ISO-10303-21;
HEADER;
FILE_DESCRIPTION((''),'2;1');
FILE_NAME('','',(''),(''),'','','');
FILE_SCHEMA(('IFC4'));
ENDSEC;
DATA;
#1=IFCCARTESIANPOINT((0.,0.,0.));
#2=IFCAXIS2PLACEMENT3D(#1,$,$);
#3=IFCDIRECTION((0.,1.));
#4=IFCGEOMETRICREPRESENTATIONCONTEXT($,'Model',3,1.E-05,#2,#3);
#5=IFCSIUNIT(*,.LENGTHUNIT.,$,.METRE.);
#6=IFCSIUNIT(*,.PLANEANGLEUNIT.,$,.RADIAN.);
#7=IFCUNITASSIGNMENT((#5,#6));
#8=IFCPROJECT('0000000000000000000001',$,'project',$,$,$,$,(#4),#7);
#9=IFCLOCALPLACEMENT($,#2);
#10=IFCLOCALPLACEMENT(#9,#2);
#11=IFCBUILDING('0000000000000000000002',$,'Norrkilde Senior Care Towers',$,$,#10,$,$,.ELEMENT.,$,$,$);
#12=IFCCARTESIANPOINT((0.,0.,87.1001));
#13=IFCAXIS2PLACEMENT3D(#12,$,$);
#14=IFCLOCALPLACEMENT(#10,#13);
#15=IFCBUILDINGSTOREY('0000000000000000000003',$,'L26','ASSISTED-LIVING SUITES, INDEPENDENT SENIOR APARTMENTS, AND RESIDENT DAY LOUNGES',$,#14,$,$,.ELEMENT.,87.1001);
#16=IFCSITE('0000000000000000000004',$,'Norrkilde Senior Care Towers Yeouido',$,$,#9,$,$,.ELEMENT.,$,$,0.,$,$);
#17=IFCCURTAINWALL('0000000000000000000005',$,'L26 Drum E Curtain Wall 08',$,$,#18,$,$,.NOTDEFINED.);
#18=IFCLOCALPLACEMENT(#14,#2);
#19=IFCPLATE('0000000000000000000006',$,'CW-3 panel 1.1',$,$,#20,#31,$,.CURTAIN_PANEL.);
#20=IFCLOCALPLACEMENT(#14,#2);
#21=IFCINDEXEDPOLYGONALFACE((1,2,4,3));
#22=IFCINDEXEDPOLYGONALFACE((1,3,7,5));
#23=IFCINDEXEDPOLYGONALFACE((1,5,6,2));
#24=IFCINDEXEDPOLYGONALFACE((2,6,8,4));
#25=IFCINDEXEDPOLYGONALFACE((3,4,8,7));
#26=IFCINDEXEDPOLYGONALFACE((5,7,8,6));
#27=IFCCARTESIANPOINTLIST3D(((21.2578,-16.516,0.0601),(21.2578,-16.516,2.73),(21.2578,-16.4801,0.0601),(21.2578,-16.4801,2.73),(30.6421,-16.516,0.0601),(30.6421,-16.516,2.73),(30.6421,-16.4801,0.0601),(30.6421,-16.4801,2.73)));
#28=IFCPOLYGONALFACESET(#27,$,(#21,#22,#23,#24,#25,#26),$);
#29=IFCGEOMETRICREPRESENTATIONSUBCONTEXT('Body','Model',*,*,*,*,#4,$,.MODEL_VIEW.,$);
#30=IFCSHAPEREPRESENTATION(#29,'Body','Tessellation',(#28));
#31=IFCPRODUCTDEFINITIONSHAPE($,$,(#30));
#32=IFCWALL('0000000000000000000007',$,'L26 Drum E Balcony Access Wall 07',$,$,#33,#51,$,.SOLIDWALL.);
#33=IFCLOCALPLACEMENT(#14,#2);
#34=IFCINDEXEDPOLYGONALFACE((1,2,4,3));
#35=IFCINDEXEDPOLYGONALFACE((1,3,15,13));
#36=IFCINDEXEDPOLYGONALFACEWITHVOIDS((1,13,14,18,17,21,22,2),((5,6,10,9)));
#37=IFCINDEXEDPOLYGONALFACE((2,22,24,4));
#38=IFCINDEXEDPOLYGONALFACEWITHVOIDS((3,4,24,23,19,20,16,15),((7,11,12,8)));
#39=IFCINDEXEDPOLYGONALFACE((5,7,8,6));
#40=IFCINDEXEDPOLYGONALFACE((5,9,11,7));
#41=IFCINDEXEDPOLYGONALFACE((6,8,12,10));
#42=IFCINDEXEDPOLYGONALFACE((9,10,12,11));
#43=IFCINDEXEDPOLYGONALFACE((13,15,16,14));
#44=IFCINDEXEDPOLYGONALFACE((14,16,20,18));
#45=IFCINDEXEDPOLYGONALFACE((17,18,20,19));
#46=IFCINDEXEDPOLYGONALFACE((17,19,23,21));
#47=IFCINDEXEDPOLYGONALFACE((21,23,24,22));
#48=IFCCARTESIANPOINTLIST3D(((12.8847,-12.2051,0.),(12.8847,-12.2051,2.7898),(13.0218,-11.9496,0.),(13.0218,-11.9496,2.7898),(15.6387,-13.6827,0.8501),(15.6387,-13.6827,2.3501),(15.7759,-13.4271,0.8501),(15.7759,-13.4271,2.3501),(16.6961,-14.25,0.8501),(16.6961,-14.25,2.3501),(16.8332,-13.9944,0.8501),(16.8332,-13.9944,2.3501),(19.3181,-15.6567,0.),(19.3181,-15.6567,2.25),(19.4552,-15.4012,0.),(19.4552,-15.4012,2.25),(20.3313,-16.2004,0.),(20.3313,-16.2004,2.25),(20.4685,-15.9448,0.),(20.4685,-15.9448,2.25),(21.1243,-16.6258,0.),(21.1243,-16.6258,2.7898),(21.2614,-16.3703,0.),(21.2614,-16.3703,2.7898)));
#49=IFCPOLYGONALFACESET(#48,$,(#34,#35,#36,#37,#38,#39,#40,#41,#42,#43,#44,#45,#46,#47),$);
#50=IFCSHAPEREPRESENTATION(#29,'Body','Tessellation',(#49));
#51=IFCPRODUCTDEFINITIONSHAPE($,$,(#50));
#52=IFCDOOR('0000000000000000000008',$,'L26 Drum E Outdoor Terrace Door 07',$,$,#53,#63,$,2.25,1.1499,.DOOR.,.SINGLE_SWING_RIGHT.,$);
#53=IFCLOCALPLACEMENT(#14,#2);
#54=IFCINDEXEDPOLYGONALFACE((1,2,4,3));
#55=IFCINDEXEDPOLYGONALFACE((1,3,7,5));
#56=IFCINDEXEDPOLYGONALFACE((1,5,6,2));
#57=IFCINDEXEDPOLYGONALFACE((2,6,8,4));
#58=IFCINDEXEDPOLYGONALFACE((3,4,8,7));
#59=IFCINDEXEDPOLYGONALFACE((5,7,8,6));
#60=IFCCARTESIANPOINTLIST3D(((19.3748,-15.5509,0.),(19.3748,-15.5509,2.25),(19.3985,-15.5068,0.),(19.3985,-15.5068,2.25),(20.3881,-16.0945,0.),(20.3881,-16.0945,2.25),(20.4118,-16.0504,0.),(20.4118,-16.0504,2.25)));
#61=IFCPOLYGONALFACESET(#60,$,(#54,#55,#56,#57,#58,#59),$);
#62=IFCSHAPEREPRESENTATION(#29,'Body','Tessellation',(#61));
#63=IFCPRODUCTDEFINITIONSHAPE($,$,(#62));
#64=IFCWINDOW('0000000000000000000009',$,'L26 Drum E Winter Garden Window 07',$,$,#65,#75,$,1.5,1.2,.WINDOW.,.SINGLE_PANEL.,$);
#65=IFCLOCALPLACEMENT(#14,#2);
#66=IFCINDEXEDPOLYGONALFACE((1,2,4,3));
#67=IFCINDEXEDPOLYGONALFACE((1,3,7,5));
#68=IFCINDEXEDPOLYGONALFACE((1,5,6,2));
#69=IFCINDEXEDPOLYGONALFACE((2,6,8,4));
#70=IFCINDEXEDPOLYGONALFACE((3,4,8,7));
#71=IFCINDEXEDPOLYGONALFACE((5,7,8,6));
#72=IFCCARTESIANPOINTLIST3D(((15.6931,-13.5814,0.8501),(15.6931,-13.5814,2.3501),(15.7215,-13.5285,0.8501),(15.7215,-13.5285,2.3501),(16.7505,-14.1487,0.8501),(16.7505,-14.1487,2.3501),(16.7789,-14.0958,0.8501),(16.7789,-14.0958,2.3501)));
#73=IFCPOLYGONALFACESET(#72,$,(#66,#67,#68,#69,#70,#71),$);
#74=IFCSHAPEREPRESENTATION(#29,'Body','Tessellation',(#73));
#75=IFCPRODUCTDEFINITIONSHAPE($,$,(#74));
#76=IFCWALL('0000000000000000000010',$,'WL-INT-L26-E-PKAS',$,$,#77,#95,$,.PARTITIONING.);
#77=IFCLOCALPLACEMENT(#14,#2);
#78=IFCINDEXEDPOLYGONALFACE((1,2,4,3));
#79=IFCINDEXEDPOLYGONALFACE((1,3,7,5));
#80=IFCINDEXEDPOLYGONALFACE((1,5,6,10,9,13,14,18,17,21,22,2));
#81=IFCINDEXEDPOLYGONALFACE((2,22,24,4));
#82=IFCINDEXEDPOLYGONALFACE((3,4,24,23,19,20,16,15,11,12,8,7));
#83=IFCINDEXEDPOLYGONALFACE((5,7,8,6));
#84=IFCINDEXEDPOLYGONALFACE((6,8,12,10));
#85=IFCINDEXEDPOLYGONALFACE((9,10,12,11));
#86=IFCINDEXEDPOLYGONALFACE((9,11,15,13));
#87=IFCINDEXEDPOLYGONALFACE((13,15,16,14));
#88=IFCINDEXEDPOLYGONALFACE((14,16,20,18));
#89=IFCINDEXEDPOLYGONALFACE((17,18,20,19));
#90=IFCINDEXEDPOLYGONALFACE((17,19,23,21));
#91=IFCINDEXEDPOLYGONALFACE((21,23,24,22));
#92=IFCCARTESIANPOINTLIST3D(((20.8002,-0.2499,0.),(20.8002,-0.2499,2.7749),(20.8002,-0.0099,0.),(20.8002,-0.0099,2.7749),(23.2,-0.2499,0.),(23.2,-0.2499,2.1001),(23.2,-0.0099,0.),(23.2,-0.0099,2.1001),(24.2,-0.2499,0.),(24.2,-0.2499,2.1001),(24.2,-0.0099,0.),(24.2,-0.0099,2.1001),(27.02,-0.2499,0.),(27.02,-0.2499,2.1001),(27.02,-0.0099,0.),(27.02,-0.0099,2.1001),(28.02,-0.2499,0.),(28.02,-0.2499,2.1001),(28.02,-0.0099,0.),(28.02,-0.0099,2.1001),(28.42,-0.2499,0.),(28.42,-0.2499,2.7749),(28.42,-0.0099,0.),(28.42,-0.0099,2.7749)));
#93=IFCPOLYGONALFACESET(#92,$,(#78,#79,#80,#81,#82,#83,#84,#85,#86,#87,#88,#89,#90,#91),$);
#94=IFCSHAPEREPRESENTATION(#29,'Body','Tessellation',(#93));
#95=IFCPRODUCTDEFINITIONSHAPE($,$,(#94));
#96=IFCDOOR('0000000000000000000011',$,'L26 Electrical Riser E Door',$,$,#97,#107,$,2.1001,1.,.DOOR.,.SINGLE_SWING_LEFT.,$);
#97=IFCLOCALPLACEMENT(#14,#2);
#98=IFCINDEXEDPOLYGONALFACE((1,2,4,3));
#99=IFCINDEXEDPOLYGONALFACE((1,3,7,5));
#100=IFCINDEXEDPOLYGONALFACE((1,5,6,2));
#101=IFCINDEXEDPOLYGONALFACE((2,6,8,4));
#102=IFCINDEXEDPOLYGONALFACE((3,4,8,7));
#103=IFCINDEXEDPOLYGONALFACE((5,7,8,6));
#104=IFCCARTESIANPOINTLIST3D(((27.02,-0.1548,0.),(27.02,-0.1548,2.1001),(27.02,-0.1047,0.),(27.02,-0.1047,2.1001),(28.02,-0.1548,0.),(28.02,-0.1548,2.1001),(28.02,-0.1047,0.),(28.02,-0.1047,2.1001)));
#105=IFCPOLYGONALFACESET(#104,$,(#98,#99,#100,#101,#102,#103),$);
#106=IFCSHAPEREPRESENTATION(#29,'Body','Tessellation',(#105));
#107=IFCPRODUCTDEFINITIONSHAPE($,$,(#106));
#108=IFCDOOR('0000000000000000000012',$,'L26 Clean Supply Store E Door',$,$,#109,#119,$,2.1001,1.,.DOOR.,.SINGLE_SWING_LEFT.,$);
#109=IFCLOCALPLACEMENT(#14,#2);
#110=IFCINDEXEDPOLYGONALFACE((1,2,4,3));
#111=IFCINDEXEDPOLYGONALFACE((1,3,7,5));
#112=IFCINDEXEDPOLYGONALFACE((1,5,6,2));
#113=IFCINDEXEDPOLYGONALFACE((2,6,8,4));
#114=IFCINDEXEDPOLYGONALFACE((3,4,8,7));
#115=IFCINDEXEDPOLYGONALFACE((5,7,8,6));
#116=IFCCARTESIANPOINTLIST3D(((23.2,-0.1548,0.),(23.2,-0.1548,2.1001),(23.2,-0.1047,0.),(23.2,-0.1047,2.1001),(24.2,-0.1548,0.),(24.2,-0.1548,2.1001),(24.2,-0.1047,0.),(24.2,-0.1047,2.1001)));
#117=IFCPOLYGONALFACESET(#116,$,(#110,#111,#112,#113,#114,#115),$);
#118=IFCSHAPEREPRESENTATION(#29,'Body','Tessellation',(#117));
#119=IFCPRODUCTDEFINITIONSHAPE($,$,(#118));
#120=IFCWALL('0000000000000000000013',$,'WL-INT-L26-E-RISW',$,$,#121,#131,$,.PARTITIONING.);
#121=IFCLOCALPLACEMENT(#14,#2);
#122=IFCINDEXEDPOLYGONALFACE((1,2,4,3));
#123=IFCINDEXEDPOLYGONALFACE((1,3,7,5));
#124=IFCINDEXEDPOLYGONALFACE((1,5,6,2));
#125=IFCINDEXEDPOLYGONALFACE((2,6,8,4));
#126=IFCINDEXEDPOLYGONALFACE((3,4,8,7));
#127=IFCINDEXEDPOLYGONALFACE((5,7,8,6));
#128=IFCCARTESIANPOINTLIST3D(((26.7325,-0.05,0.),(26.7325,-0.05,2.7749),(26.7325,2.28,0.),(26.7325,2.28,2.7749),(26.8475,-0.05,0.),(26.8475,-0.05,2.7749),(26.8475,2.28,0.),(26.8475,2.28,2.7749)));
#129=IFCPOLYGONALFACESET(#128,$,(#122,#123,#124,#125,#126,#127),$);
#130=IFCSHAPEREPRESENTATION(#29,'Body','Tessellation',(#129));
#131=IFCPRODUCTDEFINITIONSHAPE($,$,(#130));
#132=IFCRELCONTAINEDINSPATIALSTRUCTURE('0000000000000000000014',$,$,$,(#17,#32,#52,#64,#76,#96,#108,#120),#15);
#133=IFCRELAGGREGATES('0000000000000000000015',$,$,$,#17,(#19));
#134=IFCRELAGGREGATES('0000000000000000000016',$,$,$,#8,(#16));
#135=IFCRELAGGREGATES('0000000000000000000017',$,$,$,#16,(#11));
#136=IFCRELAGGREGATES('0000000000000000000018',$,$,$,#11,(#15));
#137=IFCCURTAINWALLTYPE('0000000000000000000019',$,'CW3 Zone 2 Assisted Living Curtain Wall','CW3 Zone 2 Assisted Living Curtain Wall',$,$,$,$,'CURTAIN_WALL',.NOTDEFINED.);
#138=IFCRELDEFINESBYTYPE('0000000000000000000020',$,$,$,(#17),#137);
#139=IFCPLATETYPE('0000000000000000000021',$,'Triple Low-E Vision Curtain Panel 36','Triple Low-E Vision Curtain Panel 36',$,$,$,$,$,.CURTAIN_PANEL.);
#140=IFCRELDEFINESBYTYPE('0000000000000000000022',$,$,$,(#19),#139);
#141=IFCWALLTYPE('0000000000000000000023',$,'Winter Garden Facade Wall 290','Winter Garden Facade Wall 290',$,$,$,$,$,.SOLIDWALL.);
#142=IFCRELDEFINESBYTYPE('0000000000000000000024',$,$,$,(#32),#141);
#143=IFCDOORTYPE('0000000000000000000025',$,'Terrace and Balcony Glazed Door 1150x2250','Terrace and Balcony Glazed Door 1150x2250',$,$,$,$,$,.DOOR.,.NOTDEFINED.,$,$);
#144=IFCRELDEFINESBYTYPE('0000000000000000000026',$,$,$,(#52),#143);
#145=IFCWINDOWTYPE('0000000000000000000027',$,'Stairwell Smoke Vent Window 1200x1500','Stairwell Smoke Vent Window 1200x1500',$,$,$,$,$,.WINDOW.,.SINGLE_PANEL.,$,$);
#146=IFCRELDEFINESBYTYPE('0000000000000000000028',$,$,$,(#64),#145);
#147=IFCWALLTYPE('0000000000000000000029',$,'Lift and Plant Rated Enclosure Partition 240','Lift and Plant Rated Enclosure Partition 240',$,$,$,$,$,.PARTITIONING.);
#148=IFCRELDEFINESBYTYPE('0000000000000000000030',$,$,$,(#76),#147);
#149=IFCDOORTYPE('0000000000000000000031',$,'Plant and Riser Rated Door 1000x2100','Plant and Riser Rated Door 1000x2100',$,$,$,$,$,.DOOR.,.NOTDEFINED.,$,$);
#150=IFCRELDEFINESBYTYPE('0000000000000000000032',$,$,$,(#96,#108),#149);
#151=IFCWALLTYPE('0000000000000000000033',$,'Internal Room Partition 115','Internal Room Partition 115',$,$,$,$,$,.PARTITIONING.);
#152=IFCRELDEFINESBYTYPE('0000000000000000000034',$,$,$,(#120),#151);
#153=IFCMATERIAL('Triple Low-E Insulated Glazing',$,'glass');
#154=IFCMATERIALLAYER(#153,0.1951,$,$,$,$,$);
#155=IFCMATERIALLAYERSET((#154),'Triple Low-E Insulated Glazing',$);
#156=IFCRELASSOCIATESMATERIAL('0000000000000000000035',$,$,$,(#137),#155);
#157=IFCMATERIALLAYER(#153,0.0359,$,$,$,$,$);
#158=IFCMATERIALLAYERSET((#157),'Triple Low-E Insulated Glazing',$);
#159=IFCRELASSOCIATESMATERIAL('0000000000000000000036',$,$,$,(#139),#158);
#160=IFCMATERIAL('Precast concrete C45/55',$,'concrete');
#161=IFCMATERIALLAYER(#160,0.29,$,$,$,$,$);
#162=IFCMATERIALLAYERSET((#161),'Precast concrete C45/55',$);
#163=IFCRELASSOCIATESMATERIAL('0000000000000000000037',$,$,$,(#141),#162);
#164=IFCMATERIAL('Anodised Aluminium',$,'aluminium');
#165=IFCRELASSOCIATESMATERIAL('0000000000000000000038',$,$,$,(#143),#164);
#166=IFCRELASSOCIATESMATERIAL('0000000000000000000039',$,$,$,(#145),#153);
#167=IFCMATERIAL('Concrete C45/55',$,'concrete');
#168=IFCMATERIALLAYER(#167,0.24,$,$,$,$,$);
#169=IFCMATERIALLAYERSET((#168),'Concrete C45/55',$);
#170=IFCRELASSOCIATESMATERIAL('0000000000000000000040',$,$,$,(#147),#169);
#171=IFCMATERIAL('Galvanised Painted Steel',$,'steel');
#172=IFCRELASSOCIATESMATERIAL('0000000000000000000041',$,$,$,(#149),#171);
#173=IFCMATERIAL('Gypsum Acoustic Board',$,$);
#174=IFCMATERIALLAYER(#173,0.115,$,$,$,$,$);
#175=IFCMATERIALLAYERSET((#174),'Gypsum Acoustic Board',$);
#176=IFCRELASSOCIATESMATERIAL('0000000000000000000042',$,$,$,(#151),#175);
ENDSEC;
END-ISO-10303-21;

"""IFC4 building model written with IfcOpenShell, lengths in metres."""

from ifc_helpers import new_model, si_unit, direction, frame, frame_2d, origin, origin_2d, place, context, subcontext, project, spatial, rectangle, extrude, source, transform, mapped, material, layer, layer_set, type_object, type_shapes, element, fill, aggregate, save


model = new_model("IFC4")

# Units and contexts
model_context = context("Model", 3, precision=1e-05, world=origin(), true_north=direction((0.0, 1.0)))
body_context = subcontext(model_context, "Body", "Model", "MODEL_VIEW")
ifc_project = project(units=[si_unit("LENGTHUNIT", "METRE"), si_unit("PLANEANGLEUNIT", "RADIAN")], contexts=[model_context])

# Site, building, storey
site_placement = place(None, origin())
site = spatial("IfcSite", under=ifc_project, at=site_placement, Name="Norrkilde Senior Care Towers Yeouido", CompositionType="ELEMENT", RefElevation=0.0)
building_placement = place(site_placement, origin())
building = spatial("IfcBuilding", under=site, at=building_placement, Name="Norrkilde Senior Care Towers", CompositionType="ELEMENT")
storey_placement = place(building_placement, frame((0.0, 0.0, 87.1001)))
storey = spatial("IfcBuildingStorey", under=building, at=storey_placement, Name="L26", Description="ASSISTED-LIVING SUITES, INDEPENDENT SENIOR APARTMENTS, AND RESIDENT DAY LOUNGES", CompositionType="ELEMENT", Elevation=87.1001)

# Curtain wall, plate
ifc_material_1 = material(Name="Triple Low-E Insulated Glazing", Category="glass")
ifc_layer_1 = layer(ifc_material_1, 0.1951)
ifc_layer_set_1 = layer_set([ifc_layer_1], Name="Triple Low-E Insulated Glazing")
curtain_wall_type = type_object("IfcCurtainWallType", Name="CW3 Zone 2 Assisted Living Curtain Wall", Description="CW3 Zone 2 Assisted Living Curtain Wall", ElementType="CURTAIN_WALL", PredefinedType="NOTDEFINED", material=ifc_layer_set_1)
curtain_wall_placement = place(storey_placement, origin())
curtain_wall = element("IfcCurtainWall", 1, at=curtain_wall_placement, inside=storey, type_object=curtain_wall_type, Name="L26 Drum E Curtain Wall 08", PredefinedType="NOTDEFINED")
ifc_material_2 = material(Name="Anodised Aluminium", Category="aluminium")
ifc_layer_2 = layer(ifc_material_1, 0.0359)
ifc_layer_set_2 = layer_set([ifc_layer_2], Name="Triple Low-E Insulated Glazing")
plate_type = type_object("IfcPlateType", Name="Triple Low-E Vision Curtain Panel 36", Description="Triple Low-E Vision Curtain Panel 36", PredefinedType="CURTAIN_PANEL", material=ifc_layer_set_2)
shared_shape_1 = source(origin(), body_context, "Body", "SweptSolid", [
    extrude(rectangle(XDim=9.3843, YDim=0.0359, at=origin_2d()), origin(), (0.0, 0.0, 1.0), 2.6699),
])
type_shapes(plate_type, [shared_shape_1])
plate_placement = place(storey_placement, frame((25.95, -16.498, 0.0601), z_axis=(0.0, 0.0, 1.0), x_axis=(-1.0, 0.0, 0.0)))
plate = element("IfcPlate", 2, at=plate_placement, type_object=plate_type, Name="CW-3 panel 1.1", PredefinedType="CURTAIN_PANEL", context=body_context, shape_type="MappedRepresentation", body=[
    mapped(shared_shape_1, transform((0.0, 0.0, 0.0), x_axis=(1.0, 0.0, 0.0), y_axis=(0.0, 1.0, 0.0), z_axis=(0.0, 0.0, 1.0), scale=1.0)),
])
aggregate(curtain_wall, [plate])

# Wall, openings, door, window
ifc_material_3 = material(Name="Precast concrete C45/55", Category="concrete")
ifc_layer_3 = layer(ifc_material_3, 0.29)
ifc_layer_set_3 = layer_set([ifc_layer_3], Name="Precast concrete C45/55")
wall_type_1 = type_object("IfcWallType", Name="Winter Garden Facade Wall 290", Description="Winter Garden Facade Wall 290", PredefinedType="SOLIDWALL", material=ifc_layer_set_3)
shared_shape_2 = source(origin(), body_context, "Body", "SweptSolid", [
    extrude(rectangle(XDim=9.3506, YDim=0.29, at=frame_2d((4.6753, 0.0))), origin(), (0.0, 0.0, 1.0), 2.7898),
])
type_shapes(wall_type_1, [shared_shape_2])
wall_1_placement = place(storey_placement, frame((21.1929, -16.498, 0.0), z_axis=(0.0, 0.0, 1.0), x_axis=(-0.881184, 0.472773, 0.0)))
wall_1 = element("IfcWall", 3, at=wall_1_placement, inside=storey, type_object=wall_type_1, Name="L26 Drum E Balcony Access Wall 07", PredefinedType="SOLIDWALL", context=body_context, shape_type="MappedRepresentation", body=[
    mapped(shared_shape_2, transform((0.0, 0.0, 0.0), x_axis=(1.0, 0.0, 0.0), y_axis=(0.0, 1.0, 0.0), z_axis=(0.0, 0.0, 1.0), scale=1.0)),
])
opening_1_placement = place(wall_1_placement, frame((0.8999, 0.0, 0.0)))
opening_1 = element("IfcOpeningElement", 4, at=opening_1_placement, cuts=wall_1, PredefinedType="OPENING", context=body_context, shape_type="SweptSolid", body=[
    extrude(rectangle(XDim=1.1499, YDim=2.25, at=frame_2d((0.575, 1.125))), frame((0.0, 0.155, 0.0), z_axis=(0.0, -1.0, 0.0), x_axis=(1.0, 0.0, 0.0)), (0.0, 0.0, 1.0), 0.3101),
])
opening_2_placement = place(wall_1_placement, frame((5.0251, 0.0, 0.8501)))
opening_2 = element("IfcOpeningElement", 5, at=opening_2_placement, cuts=wall_1, PredefinedType="OPENING", context=body_context, shape_type="SweptSolid", body=[
    extrude(rectangle(XDim=1.2, YDim=1.5, at=frame_2d((0.6001, 0.75))), frame((0.0, 0.155, 0.0), z_axis=(0.0, -1.0, 0.0), x_axis=(1.0, 0.0, 0.0)), (0.0, 0.0, 1.0), 0.3101),
])
door_type_1 = type_object("IfcDoorType", Name="Terrace and Balcony Glazed Door 1150x2250", Description="Terrace and Balcony Glazed Door 1150x2250", OperationType="NOTDEFINED", PredefinedType="DOOR", material=ifc_material_2)
shared_shape_3 = source(origin(), body_context, "Body", "SweptSolid", [
    extrude(rectangle(XDim=1.1499, YDim=2.25, at=frame_2d((0.575, 1.125))), frame((0.0, 0.0249, 0.0), z_axis=(0.0, -1.0, 0.0), x_axis=(1.0, 0.0, 0.0)), (0.0, 0.0, 1.0), 0.05),
])
type_shapes(door_type_1, [shared_shape_3])
door_1_placement = place(opening_1_placement, origin())
door_1 = element("IfcDoor", 6, at=door_1_placement, inside=storey, type_object=door_type_1, Name="L26 Drum E Outdoor Terrace Door 07", OperationType="SINGLE_SWING_RIGHT", OverallHeight=2.25, OverallWidth=1.1499, PredefinedType="DOOR", context=body_context, shape_type="MappedRepresentation", body=[
    mapped(shared_shape_3, transform((0.0, 0.0, 0.0), x_axis=(1.0, 0.0, 0.0), y_axis=(0.0, 1.0, 0.0), z_axis=(0.0, 0.0, 1.0), scale=1.0)),
])
fill(opening_1, door_1)
window_type = type_object("IfcWindowType", Name="Stairwell Smoke Vent Window 1200x1500", Description="Stairwell Smoke Vent Window 1200x1500", PartitioningType="SINGLE_PANEL", PredefinedType="WINDOW", material=ifc_material_1)
shared_shape_4 = source(origin(), body_context, "Body", "SweptSolid", [
    extrude(rectangle(XDim=1.2, YDim=1.5, at=frame_2d((0.6001, 0.75))), frame((0.0, 0.03, 0.0), z_axis=(0.0, -1.0, 0.0), x_axis=(1.0, 0.0, 0.0)), (0.0, 0.0, 1.0), 0.0601),
])
type_shapes(window_type, [shared_shape_4])
window_placement = place(opening_2_placement, origin())
window = element("IfcWindow", 7, at=window_placement, inside=storey, type_object=window_type, Name="L26 Drum E Winter Garden Window 07", OverallHeight=1.5, OverallWidth=1.2, PartitioningType="SINGLE_PANEL", PredefinedType="WINDOW", context=body_context, shape_type="MappedRepresentation", body=[
    mapped(shared_shape_4, transform((0.0, 0.0, 0.0), x_axis=(1.0, 0.0, 0.0), y_axis=(0.0, 1.0, 0.0), z_axis=(0.0, 0.0, 1.0), scale=1.0)),
])
fill(opening_2, window)

# Wall, openings, doors
ifc_material_4 = material(Name="Concrete C45/55", Category="concrete")
ifc_layer_4 = layer(ifc_material_4, 0.24)
ifc_layer_set_4 = layer_set([ifc_layer_4], Name="Concrete C45/55")
wall_type_2 = type_object("IfcWallType", Name="Lift and Plant Rated Enclosure Partition 240", Description="Lift and Plant Rated Enclosure Partition 240", PredefinedType="PARTITIONING", material=ifc_layer_set_4)
shared_shape_5 = source(origin(), body_context, "Body", "SweptSolid", [
    extrude(rectangle(XDim=7.6199, YDim=0.24, at=frame_2d((3.8101, 0.0))), origin(), (0.0, 0.0, 1.0), 2.7749),
])
type_shapes(wall_type_2, [shared_shape_5])
wall_2_placement = place(storey_placement, frame((20.8, -0.1299, 0.0), z_axis=(0.0, 0.0, 1.0), x_axis=(1.0, 0.0, 0.0)))
wall_2 = element("IfcWall", 8, at=wall_2_placement, inside=storey, type_object=wall_type_2, Name="WL-INT-L26-E-PKAS", PredefinedType="PARTITIONING", context=body_context, shape_type="MappedRepresentation", body=[
    mapped(shared_shape_5, transform((0.0, 0.0, 0.0), x_axis=(1.0, 0.0, 0.0), y_axis=(0.0, 1.0, 0.0), z_axis=(0.0, 0.0, 1.0), scale=1.0)),
])
opening_3_placement = place(wall_2_placement, frame((6.22, 0.0, 0.0)))
opening_3 = element("IfcOpeningElement", 9, at=opening_3_placement, cuts=wall_2, PredefinedType="OPENING", context=body_context, shape_type="SweptSolid", body=[
    extrude(rectangle(XDim=1.0, YDim=2.1001, at=frame_2d((0.5, 1.05))), frame((0.0, 0.1299, 0.0), z_axis=(0.0, -1.0, 0.0), x_axis=(1.0, 0.0, 0.0)), (0.0, 0.0, 1.0), 0.26),
])
opening_4_placement = place(wall_2_placement, frame((2.3999, 0.0, 0.0)))
opening_4 = element("IfcOpeningElement", 10, at=opening_4_placement, cuts=wall_2, PredefinedType="OPENING", context=body_context, shape_type="SweptSolid", body=[
    extrude(rectangle(XDim=1.0, YDim=2.1001, at=frame_2d((0.5, 1.05))), frame((0.0, 0.1299, 0.0), z_axis=(0.0, -1.0, 0.0), x_axis=(1.0, 0.0, 0.0)), (0.0, 0.0, 1.0), 0.26),
])
ifc_material_5 = material(Name="Galvanised Painted Steel", Category="steel")
door_type_2 = type_object("IfcDoorType", Name="Plant and Riser Rated Door 1000x2100", Description="Plant and Riser Rated Door 1000x2100", OperationType="NOTDEFINED", PredefinedType="DOOR", material=ifc_material_5)
shared_shape_6 = source(origin(), body_context, "Body", "SweptSolid", [
    extrude(rectangle(XDim=1.0, YDim=2.1001, at=frame_2d((0.5, 1.05))), frame((0.0, 0.0249, 0.0), z_axis=(0.0, -1.0, 0.0), x_axis=(1.0, 0.0, 0.0)), (0.0, 0.0, 1.0), 0.05),
])
type_shapes(door_type_2, [shared_shape_6])
door_2_placement = place(opening_3_placement, frame((1.0, 0.0, 0.0), z_axis=(0.0, 0.0, 1.0), x_axis=(-1.0, 0.0, 0.0)))
door_2 = element("IfcDoor", 11, at=door_2_placement, inside=storey, type_object=door_type_2, Name="L26 Electrical Riser E Door", OperationType="SINGLE_SWING_LEFT", OverallHeight=2.1001, OverallWidth=1.0, PredefinedType="DOOR", context=body_context, shape_type="MappedRepresentation", body=[
    mapped(shared_shape_6, transform((0.0, 0.0, 0.0), x_axis=(1.0, 0.0, 0.0), y_axis=(0.0, 1.0, 0.0), z_axis=(0.0, 0.0, 1.0), scale=1.0)),
])
fill(opening_3, door_2)
door_3_placement = place(opening_4_placement, frame((1.0, 0.0, 0.0), z_axis=(0.0, 0.0, 1.0), x_axis=(-1.0, 0.0, 0.0)))
door_3 = element("IfcDoor", 12, at=door_3_placement, inside=storey, type_object=door_type_2, Name="L26 Clean Supply Store E Door", OperationType="SINGLE_SWING_LEFT", OverallHeight=2.1001, OverallWidth=1.0, PredefinedType="DOOR", context=body_context, shape_type="MappedRepresentation", body=[
    mapped(shared_shape_6, transform((0.0, 0.0, 0.0), x_axis=(1.0, 0.0, 0.0), y_axis=(0.0, 1.0, 0.0), z_axis=(0.0, 0.0, 1.0), scale=1.0)),
])
fill(opening_4, door_3)

# Wall
ifc_material_6 = material(Name="Gypsum Acoustic Board")
ifc_layer_5 = layer(ifc_material_6, 0.115)
ifc_layer_set_5 = layer_set([ifc_layer_5], Name="Gypsum Acoustic Board")
wall_type_3 = type_object("IfcWallType", Name="Internal Room Partition 115", Description="Internal Room Partition 115", PredefinedType="PARTITIONING", material=ifc_layer_set_5)
shared_shape_7 = source(origin(), body_context, "Body", "SweptSolid", [
    extrude(rectangle(XDim=2.3301, YDim=0.115, at=frame_2d((1.165, 0.0))), origin(), (0.0, 0.0, 1.0), 2.7749),
])
type_shapes(wall_type_3, [shared_shape_7])
wall_3_placement = place(storey_placement, frame((26.79, -0.05, 0.0), z_axis=(0.0, 0.0, 1.0), x_axis=(0.0, 1.0, 0.0)))
element("IfcWall", 13, at=wall_3_placement, inside=storey, type_object=wall_type_3, Name="WL-INT-L26-E-RISW", PredefinedType="PARTITIONING", context=body_context, shape_type="MappedRepresentation", body=[
    mapped(shared_shape_7, transform((0.0, 0.0, 0.0), x_axis=(1.0, 0.0, 0.0), y_axis=(0.0, 1.0, 0.0), z_axis=(0.0, 0.0, 1.0), scale=1.0)),
])

save(model, "model.ifc")
